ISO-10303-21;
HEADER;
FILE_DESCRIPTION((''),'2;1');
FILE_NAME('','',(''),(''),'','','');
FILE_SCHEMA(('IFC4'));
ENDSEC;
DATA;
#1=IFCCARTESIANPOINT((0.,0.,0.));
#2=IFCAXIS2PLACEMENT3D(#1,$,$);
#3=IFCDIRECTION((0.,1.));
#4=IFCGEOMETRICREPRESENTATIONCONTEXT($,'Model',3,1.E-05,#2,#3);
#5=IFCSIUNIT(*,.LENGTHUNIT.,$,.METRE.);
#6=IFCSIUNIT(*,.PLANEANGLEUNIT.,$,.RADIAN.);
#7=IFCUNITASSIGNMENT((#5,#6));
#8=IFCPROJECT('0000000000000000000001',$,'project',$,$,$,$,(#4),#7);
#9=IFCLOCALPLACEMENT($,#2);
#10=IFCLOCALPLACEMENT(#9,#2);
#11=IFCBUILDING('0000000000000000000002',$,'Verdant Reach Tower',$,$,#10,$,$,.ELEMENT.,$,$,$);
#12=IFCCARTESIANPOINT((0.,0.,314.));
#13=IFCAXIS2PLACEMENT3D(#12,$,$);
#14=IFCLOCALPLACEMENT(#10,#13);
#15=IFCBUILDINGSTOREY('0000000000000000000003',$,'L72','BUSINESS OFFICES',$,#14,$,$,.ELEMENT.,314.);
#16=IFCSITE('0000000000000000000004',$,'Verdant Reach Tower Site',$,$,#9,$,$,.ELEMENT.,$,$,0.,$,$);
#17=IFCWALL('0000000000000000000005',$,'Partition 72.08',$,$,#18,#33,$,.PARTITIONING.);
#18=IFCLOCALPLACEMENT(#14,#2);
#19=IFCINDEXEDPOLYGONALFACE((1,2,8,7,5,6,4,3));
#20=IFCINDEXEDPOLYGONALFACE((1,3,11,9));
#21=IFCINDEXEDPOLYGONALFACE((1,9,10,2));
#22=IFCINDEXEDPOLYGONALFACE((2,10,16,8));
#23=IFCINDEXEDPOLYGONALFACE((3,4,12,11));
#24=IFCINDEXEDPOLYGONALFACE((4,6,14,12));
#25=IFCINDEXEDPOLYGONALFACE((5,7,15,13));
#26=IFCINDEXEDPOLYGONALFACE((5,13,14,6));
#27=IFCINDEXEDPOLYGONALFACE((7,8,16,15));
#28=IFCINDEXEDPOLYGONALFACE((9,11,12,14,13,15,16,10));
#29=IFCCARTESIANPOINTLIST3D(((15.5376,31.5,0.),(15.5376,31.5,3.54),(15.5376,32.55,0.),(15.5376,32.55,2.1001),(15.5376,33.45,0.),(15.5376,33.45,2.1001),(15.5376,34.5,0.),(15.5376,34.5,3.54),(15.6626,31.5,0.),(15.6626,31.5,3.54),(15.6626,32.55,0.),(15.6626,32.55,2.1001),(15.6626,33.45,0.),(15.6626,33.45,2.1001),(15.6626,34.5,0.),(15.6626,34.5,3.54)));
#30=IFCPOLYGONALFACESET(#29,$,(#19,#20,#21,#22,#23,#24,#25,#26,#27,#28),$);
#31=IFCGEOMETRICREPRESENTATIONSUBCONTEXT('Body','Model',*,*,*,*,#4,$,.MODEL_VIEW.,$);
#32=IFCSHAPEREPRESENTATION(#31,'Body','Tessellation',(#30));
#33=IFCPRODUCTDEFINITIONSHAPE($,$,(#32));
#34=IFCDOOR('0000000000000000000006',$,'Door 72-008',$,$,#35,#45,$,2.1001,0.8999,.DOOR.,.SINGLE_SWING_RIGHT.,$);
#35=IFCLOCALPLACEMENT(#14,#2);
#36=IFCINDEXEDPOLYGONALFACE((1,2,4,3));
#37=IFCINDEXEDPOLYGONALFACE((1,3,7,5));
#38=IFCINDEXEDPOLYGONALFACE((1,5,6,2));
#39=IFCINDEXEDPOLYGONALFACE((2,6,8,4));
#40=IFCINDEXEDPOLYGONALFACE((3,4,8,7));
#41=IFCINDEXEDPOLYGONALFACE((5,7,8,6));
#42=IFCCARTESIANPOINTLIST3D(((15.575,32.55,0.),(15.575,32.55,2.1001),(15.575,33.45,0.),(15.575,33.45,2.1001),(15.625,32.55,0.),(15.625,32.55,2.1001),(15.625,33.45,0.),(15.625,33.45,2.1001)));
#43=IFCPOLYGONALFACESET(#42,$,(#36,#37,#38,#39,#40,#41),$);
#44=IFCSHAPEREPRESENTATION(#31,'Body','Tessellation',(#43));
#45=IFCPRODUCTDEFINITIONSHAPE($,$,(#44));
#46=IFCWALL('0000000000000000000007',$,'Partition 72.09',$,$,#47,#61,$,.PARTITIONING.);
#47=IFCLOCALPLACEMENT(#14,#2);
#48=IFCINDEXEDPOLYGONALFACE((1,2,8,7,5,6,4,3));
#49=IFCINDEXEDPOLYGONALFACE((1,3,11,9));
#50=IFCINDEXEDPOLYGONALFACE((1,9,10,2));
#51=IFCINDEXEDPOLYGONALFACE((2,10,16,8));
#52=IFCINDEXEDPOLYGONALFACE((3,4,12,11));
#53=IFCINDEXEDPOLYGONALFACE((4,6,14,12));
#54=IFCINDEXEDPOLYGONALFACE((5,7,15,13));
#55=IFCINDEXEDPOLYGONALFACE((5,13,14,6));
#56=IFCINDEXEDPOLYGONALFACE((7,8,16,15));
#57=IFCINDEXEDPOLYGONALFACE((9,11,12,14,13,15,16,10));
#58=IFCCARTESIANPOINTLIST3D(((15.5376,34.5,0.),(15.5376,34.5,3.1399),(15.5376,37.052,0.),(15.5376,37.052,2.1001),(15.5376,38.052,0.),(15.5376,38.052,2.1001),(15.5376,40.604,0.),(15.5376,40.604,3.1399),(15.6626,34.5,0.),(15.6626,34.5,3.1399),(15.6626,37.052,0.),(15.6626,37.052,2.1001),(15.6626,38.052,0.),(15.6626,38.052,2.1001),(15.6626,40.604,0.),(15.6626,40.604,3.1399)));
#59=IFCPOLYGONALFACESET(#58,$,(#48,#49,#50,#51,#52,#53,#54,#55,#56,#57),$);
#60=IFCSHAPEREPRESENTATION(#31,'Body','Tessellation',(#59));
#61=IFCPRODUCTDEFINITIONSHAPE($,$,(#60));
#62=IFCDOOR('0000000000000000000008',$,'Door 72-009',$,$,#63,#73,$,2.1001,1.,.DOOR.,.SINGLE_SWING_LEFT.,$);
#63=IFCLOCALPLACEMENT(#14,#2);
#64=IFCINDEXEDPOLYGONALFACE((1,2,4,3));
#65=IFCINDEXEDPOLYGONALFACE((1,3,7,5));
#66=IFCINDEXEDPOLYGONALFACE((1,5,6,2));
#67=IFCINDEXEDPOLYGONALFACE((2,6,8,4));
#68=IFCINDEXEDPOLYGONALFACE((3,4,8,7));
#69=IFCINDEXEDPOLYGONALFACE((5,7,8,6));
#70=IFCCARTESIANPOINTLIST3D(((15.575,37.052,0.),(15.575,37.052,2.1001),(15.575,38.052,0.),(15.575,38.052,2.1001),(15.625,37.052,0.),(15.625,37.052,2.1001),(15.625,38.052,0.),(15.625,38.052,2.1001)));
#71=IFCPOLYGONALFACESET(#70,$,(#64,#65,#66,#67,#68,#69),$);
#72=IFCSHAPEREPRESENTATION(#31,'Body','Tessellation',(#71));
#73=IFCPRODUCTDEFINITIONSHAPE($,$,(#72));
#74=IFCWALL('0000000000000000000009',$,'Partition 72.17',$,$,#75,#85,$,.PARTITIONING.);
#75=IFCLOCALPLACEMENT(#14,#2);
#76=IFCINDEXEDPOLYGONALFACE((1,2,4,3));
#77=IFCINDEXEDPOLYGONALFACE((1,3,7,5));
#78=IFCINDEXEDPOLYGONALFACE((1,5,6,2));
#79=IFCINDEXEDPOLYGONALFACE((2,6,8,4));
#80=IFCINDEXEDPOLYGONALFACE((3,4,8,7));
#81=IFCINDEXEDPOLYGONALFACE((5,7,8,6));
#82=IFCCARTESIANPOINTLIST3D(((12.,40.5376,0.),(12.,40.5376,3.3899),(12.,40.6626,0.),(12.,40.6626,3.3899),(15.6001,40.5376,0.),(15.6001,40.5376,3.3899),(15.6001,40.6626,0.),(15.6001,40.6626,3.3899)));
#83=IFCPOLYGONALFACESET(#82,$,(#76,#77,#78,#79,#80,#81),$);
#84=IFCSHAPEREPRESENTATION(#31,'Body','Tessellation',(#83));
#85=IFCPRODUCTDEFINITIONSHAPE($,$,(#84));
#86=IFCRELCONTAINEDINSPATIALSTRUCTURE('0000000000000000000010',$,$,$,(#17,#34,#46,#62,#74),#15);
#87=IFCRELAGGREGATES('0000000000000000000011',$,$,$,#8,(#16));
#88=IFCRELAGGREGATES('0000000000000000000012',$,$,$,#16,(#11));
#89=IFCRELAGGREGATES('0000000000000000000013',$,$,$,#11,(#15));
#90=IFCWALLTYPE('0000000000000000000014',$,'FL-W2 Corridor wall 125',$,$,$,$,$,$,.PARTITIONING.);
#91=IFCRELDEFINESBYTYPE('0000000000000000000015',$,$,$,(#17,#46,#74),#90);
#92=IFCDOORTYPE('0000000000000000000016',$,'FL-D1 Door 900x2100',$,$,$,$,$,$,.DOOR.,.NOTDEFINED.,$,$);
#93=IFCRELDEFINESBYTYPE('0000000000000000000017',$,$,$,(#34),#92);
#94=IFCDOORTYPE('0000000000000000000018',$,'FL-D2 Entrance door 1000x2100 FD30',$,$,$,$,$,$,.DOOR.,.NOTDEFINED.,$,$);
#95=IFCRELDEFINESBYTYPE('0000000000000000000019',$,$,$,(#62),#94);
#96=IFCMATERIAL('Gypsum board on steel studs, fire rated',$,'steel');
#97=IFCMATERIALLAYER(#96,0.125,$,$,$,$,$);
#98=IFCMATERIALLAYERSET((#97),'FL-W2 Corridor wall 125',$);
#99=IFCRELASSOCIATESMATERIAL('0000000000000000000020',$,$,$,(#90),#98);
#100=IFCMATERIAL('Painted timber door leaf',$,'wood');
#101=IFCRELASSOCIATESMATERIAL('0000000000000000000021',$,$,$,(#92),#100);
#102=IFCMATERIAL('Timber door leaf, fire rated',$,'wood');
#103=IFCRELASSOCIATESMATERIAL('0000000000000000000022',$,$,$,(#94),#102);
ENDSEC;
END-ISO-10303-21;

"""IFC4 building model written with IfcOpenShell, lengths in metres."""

from ifc_helpers import new_model, si_unit, direction, frame, frame_2d, origin, place, context, subcontext, project, spatial, rectangle, extrude, material, layer, layer_set, type_object, element, fill, save


model = new_model("IFC4")

# Units and contexts
model_context = context("Model", 3, precision=1e-05, world=origin(), true_north=direction((0.0, 1.0)))
body_context = subcontext(model_context, "Body", "Model", "MODEL_VIEW")
ifc_project = project(units=[si_unit("LENGTHUNIT", "METRE"), si_unit("PLANEANGLEUNIT", "RADIAN")], contexts=[model_context])

# Site, building, storey
site_placement = place(None, origin())
site = spatial("IfcSite", under=ifc_project, at=site_placement, Name="Verdant Reach Tower Site", CompositionType="ELEMENT", RefElevation=0.0)
building_placement = place(site_placement, origin())
building = spatial("IfcBuilding", under=site, at=building_placement, Name="Verdant Reach Tower", CompositionType="ELEMENT")
storey_placement = place(building_placement, frame((0.0, 0.0, 314.0)))
storey = spatial("IfcBuildingStorey", under=building, at=storey_placement, Name="L72", Description="BUSINESS OFFICES", CompositionType="ELEMENT", Elevation=314.0)

# Walls, openings, doors
ifc_material_1 = material(Name="Gypsum board on steel studs, fire rated", Category="steel")
ifc_layer_1 = layer(ifc_material_1, 0.125)
ifc_layer_set_1 = layer_set([ifc_layer_1], Name="FL-W2 Corridor wall 125")
wall_type_1 = type_object("IfcWallType", Name="FL-W2 Corridor wall 125", PredefinedType="PARTITIONING", material=ifc_layer_set_1)
wall_1_placement = place(storey_placement, frame((15.6001, 34.5, 0.0), z_axis=(0.0, 0.0, 1.0), x_axis=(0.0, -1.0, 0.0)))
wall_1 = element("IfcWall", 1, at=wall_1_placement, inside=storey, type_object=wall_type_1, Name="Partition 72.08", PredefinedType="PARTITIONING", context=body_context, shape_type="SweptSolid", body=[
    extrude(rectangle(XDim=3.0, YDim=0.125, at=frame_2d((1.5, 0.0))), origin(), (0.0, 0.0, 1.0), 3.54),
])
opening_1_placement = place(wall_1_placement, frame((1.05, 0.0, 0.0)))
opening_1 = element("IfcOpeningElement", 2, at=opening_1_placement, cuts=wall_1, PredefinedType="OPENING", context=body_context, shape_type="SweptSolid", body=[
    extrude(rectangle(XDim=0.8999, YDim=2.1001, at=frame_2d((0.45, 1.05))), frame((0.0, 0.0725, 0.0), z_axis=(0.0, -1.0, 0.0), x_axis=(1.0, 0.0, 0.0)), (0.0, 0.0, 1.0), 0.145),
])
ifc_material_2 = material(Name="Painted timber door leaf", Category="wood")
door_type_1 = type_object("IfcDoorType", Name="FL-D1 Door 900x2100", OperationType="NOTDEFINED", PredefinedType="DOOR", material=ifc_material_2)
door_1_placement = place(opening_1_placement, origin())
door_1 = element("IfcDoor", 3, at=door_1_placement, inside=storey, type_object=door_type_1, Name="Door 72-008", OperationType="SINGLE_SWING_RIGHT", OverallHeight=2.1001, OverallWidth=0.8999, PredefinedType="DOOR", context=body_context, shape_type="SweptSolid", body=[
    extrude(rectangle(XDim=0.8999, YDim=2.1001, at=frame_2d((0.45, 1.05))), frame((0.0, 0.0249, 0.0), z_axis=(0.0, -1.0, 0.0), x_axis=(1.0, 0.0, 0.0)), (0.0, 0.0, 1.0), 0.05),
])
fill(opening_1, door_1)
wall_2_placement = place(storey_placement, frame((15.6001, 40.604, 0.0), z_axis=(0.0, 0.0, 1.0), x_axis=(0.0, -1.0, 0.0)))
wall_2 = element("IfcWall", 4, at=wall_2_placement, inside=storey, type_object=wall_type_1, Name="Partition 72.09", PredefinedType="PARTITIONING", context=body_context, shape_type="SweptSolid", body=[
    extrude(rectangle(XDim=6.104, YDim=0.125, at=frame_2d((3.052, 0.0))), origin(), (0.0, 0.0, 1.0), 3.1399),
])
opening_2_placement = place(wall_2_placement, frame((2.552, 0.0, 0.0)))
opening_2 = element("IfcOpeningElement", 5, at=opening_2_placement, cuts=wall_2, PredefinedType="OPENING", context=body_context, shape_type="SweptSolid", body=[
    extrude(rectangle(XDim=1.0, YDim=2.1001, at=frame_2d((0.5, 1.05))), frame((0.0, 0.0725, 0.0), z_axis=(0.0, -1.0, 0.0), x_axis=(1.0, 0.0, 0.0)), (0.0, 0.0, 1.0), 0.145),
])
ifc_material_3 = material(Name="Timber door leaf, fire rated", Category="wood")
door_type_2 = type_object("IfcDoorType", Name="FL-D2 Entrance door 1000x2100 FD30", OperationType="NOTDEFINED", PredefinedType="DOOR", material=ifc_material_3)
door_2_placement = place(opening_2_placement, origin())
door_2 = element("IfcDoor", 6, at=door_2_placement, inside=storey, type_object=door_type_2, Name="Door 72-009", OperationType="SINGLE_SWING_LEFT", OverallHeight=2.1001, OverallWidth=1.0, PredefinedType="DOOR", context=body_context, shape_type="SweptSolid", body=[
    extrude(rectangle(XDim=1.0, YDim=2.1001, at=frame_2d((0.5, 1.05))), frame((0.0, 0.0249, 0.0), z_axis=(0.0, -1.0, 0.0), x_axis=(1.0, 0.0, 0.0)), (0.0, 0.0, 1.0), 0.05),
])
fill(opening_2, door_2)

# Wall
wall_3_placement = place(storey_placement, frame((15.6001, 40.6001, 0.0), z_axis=(0.0, 0.0, 1.0), x_axis=(-1.0, 0.0, 0.0)))
element("IfcWall", 7, at=wall_3_placement, inside=storey, type_object=wall_type_1, Name="Partition 72.17", PredefinedType="PARTITIONING", context=body_context, shape_type="SweptSolid", body=[
    extrude(rectangle(XDim=3.6001, YDim=0.125, at=frame_2d((1.8, 0.0))), origin(), (0.0, 0.0, 1.0), 3.3899),
])

save(model, "model.ifc")
